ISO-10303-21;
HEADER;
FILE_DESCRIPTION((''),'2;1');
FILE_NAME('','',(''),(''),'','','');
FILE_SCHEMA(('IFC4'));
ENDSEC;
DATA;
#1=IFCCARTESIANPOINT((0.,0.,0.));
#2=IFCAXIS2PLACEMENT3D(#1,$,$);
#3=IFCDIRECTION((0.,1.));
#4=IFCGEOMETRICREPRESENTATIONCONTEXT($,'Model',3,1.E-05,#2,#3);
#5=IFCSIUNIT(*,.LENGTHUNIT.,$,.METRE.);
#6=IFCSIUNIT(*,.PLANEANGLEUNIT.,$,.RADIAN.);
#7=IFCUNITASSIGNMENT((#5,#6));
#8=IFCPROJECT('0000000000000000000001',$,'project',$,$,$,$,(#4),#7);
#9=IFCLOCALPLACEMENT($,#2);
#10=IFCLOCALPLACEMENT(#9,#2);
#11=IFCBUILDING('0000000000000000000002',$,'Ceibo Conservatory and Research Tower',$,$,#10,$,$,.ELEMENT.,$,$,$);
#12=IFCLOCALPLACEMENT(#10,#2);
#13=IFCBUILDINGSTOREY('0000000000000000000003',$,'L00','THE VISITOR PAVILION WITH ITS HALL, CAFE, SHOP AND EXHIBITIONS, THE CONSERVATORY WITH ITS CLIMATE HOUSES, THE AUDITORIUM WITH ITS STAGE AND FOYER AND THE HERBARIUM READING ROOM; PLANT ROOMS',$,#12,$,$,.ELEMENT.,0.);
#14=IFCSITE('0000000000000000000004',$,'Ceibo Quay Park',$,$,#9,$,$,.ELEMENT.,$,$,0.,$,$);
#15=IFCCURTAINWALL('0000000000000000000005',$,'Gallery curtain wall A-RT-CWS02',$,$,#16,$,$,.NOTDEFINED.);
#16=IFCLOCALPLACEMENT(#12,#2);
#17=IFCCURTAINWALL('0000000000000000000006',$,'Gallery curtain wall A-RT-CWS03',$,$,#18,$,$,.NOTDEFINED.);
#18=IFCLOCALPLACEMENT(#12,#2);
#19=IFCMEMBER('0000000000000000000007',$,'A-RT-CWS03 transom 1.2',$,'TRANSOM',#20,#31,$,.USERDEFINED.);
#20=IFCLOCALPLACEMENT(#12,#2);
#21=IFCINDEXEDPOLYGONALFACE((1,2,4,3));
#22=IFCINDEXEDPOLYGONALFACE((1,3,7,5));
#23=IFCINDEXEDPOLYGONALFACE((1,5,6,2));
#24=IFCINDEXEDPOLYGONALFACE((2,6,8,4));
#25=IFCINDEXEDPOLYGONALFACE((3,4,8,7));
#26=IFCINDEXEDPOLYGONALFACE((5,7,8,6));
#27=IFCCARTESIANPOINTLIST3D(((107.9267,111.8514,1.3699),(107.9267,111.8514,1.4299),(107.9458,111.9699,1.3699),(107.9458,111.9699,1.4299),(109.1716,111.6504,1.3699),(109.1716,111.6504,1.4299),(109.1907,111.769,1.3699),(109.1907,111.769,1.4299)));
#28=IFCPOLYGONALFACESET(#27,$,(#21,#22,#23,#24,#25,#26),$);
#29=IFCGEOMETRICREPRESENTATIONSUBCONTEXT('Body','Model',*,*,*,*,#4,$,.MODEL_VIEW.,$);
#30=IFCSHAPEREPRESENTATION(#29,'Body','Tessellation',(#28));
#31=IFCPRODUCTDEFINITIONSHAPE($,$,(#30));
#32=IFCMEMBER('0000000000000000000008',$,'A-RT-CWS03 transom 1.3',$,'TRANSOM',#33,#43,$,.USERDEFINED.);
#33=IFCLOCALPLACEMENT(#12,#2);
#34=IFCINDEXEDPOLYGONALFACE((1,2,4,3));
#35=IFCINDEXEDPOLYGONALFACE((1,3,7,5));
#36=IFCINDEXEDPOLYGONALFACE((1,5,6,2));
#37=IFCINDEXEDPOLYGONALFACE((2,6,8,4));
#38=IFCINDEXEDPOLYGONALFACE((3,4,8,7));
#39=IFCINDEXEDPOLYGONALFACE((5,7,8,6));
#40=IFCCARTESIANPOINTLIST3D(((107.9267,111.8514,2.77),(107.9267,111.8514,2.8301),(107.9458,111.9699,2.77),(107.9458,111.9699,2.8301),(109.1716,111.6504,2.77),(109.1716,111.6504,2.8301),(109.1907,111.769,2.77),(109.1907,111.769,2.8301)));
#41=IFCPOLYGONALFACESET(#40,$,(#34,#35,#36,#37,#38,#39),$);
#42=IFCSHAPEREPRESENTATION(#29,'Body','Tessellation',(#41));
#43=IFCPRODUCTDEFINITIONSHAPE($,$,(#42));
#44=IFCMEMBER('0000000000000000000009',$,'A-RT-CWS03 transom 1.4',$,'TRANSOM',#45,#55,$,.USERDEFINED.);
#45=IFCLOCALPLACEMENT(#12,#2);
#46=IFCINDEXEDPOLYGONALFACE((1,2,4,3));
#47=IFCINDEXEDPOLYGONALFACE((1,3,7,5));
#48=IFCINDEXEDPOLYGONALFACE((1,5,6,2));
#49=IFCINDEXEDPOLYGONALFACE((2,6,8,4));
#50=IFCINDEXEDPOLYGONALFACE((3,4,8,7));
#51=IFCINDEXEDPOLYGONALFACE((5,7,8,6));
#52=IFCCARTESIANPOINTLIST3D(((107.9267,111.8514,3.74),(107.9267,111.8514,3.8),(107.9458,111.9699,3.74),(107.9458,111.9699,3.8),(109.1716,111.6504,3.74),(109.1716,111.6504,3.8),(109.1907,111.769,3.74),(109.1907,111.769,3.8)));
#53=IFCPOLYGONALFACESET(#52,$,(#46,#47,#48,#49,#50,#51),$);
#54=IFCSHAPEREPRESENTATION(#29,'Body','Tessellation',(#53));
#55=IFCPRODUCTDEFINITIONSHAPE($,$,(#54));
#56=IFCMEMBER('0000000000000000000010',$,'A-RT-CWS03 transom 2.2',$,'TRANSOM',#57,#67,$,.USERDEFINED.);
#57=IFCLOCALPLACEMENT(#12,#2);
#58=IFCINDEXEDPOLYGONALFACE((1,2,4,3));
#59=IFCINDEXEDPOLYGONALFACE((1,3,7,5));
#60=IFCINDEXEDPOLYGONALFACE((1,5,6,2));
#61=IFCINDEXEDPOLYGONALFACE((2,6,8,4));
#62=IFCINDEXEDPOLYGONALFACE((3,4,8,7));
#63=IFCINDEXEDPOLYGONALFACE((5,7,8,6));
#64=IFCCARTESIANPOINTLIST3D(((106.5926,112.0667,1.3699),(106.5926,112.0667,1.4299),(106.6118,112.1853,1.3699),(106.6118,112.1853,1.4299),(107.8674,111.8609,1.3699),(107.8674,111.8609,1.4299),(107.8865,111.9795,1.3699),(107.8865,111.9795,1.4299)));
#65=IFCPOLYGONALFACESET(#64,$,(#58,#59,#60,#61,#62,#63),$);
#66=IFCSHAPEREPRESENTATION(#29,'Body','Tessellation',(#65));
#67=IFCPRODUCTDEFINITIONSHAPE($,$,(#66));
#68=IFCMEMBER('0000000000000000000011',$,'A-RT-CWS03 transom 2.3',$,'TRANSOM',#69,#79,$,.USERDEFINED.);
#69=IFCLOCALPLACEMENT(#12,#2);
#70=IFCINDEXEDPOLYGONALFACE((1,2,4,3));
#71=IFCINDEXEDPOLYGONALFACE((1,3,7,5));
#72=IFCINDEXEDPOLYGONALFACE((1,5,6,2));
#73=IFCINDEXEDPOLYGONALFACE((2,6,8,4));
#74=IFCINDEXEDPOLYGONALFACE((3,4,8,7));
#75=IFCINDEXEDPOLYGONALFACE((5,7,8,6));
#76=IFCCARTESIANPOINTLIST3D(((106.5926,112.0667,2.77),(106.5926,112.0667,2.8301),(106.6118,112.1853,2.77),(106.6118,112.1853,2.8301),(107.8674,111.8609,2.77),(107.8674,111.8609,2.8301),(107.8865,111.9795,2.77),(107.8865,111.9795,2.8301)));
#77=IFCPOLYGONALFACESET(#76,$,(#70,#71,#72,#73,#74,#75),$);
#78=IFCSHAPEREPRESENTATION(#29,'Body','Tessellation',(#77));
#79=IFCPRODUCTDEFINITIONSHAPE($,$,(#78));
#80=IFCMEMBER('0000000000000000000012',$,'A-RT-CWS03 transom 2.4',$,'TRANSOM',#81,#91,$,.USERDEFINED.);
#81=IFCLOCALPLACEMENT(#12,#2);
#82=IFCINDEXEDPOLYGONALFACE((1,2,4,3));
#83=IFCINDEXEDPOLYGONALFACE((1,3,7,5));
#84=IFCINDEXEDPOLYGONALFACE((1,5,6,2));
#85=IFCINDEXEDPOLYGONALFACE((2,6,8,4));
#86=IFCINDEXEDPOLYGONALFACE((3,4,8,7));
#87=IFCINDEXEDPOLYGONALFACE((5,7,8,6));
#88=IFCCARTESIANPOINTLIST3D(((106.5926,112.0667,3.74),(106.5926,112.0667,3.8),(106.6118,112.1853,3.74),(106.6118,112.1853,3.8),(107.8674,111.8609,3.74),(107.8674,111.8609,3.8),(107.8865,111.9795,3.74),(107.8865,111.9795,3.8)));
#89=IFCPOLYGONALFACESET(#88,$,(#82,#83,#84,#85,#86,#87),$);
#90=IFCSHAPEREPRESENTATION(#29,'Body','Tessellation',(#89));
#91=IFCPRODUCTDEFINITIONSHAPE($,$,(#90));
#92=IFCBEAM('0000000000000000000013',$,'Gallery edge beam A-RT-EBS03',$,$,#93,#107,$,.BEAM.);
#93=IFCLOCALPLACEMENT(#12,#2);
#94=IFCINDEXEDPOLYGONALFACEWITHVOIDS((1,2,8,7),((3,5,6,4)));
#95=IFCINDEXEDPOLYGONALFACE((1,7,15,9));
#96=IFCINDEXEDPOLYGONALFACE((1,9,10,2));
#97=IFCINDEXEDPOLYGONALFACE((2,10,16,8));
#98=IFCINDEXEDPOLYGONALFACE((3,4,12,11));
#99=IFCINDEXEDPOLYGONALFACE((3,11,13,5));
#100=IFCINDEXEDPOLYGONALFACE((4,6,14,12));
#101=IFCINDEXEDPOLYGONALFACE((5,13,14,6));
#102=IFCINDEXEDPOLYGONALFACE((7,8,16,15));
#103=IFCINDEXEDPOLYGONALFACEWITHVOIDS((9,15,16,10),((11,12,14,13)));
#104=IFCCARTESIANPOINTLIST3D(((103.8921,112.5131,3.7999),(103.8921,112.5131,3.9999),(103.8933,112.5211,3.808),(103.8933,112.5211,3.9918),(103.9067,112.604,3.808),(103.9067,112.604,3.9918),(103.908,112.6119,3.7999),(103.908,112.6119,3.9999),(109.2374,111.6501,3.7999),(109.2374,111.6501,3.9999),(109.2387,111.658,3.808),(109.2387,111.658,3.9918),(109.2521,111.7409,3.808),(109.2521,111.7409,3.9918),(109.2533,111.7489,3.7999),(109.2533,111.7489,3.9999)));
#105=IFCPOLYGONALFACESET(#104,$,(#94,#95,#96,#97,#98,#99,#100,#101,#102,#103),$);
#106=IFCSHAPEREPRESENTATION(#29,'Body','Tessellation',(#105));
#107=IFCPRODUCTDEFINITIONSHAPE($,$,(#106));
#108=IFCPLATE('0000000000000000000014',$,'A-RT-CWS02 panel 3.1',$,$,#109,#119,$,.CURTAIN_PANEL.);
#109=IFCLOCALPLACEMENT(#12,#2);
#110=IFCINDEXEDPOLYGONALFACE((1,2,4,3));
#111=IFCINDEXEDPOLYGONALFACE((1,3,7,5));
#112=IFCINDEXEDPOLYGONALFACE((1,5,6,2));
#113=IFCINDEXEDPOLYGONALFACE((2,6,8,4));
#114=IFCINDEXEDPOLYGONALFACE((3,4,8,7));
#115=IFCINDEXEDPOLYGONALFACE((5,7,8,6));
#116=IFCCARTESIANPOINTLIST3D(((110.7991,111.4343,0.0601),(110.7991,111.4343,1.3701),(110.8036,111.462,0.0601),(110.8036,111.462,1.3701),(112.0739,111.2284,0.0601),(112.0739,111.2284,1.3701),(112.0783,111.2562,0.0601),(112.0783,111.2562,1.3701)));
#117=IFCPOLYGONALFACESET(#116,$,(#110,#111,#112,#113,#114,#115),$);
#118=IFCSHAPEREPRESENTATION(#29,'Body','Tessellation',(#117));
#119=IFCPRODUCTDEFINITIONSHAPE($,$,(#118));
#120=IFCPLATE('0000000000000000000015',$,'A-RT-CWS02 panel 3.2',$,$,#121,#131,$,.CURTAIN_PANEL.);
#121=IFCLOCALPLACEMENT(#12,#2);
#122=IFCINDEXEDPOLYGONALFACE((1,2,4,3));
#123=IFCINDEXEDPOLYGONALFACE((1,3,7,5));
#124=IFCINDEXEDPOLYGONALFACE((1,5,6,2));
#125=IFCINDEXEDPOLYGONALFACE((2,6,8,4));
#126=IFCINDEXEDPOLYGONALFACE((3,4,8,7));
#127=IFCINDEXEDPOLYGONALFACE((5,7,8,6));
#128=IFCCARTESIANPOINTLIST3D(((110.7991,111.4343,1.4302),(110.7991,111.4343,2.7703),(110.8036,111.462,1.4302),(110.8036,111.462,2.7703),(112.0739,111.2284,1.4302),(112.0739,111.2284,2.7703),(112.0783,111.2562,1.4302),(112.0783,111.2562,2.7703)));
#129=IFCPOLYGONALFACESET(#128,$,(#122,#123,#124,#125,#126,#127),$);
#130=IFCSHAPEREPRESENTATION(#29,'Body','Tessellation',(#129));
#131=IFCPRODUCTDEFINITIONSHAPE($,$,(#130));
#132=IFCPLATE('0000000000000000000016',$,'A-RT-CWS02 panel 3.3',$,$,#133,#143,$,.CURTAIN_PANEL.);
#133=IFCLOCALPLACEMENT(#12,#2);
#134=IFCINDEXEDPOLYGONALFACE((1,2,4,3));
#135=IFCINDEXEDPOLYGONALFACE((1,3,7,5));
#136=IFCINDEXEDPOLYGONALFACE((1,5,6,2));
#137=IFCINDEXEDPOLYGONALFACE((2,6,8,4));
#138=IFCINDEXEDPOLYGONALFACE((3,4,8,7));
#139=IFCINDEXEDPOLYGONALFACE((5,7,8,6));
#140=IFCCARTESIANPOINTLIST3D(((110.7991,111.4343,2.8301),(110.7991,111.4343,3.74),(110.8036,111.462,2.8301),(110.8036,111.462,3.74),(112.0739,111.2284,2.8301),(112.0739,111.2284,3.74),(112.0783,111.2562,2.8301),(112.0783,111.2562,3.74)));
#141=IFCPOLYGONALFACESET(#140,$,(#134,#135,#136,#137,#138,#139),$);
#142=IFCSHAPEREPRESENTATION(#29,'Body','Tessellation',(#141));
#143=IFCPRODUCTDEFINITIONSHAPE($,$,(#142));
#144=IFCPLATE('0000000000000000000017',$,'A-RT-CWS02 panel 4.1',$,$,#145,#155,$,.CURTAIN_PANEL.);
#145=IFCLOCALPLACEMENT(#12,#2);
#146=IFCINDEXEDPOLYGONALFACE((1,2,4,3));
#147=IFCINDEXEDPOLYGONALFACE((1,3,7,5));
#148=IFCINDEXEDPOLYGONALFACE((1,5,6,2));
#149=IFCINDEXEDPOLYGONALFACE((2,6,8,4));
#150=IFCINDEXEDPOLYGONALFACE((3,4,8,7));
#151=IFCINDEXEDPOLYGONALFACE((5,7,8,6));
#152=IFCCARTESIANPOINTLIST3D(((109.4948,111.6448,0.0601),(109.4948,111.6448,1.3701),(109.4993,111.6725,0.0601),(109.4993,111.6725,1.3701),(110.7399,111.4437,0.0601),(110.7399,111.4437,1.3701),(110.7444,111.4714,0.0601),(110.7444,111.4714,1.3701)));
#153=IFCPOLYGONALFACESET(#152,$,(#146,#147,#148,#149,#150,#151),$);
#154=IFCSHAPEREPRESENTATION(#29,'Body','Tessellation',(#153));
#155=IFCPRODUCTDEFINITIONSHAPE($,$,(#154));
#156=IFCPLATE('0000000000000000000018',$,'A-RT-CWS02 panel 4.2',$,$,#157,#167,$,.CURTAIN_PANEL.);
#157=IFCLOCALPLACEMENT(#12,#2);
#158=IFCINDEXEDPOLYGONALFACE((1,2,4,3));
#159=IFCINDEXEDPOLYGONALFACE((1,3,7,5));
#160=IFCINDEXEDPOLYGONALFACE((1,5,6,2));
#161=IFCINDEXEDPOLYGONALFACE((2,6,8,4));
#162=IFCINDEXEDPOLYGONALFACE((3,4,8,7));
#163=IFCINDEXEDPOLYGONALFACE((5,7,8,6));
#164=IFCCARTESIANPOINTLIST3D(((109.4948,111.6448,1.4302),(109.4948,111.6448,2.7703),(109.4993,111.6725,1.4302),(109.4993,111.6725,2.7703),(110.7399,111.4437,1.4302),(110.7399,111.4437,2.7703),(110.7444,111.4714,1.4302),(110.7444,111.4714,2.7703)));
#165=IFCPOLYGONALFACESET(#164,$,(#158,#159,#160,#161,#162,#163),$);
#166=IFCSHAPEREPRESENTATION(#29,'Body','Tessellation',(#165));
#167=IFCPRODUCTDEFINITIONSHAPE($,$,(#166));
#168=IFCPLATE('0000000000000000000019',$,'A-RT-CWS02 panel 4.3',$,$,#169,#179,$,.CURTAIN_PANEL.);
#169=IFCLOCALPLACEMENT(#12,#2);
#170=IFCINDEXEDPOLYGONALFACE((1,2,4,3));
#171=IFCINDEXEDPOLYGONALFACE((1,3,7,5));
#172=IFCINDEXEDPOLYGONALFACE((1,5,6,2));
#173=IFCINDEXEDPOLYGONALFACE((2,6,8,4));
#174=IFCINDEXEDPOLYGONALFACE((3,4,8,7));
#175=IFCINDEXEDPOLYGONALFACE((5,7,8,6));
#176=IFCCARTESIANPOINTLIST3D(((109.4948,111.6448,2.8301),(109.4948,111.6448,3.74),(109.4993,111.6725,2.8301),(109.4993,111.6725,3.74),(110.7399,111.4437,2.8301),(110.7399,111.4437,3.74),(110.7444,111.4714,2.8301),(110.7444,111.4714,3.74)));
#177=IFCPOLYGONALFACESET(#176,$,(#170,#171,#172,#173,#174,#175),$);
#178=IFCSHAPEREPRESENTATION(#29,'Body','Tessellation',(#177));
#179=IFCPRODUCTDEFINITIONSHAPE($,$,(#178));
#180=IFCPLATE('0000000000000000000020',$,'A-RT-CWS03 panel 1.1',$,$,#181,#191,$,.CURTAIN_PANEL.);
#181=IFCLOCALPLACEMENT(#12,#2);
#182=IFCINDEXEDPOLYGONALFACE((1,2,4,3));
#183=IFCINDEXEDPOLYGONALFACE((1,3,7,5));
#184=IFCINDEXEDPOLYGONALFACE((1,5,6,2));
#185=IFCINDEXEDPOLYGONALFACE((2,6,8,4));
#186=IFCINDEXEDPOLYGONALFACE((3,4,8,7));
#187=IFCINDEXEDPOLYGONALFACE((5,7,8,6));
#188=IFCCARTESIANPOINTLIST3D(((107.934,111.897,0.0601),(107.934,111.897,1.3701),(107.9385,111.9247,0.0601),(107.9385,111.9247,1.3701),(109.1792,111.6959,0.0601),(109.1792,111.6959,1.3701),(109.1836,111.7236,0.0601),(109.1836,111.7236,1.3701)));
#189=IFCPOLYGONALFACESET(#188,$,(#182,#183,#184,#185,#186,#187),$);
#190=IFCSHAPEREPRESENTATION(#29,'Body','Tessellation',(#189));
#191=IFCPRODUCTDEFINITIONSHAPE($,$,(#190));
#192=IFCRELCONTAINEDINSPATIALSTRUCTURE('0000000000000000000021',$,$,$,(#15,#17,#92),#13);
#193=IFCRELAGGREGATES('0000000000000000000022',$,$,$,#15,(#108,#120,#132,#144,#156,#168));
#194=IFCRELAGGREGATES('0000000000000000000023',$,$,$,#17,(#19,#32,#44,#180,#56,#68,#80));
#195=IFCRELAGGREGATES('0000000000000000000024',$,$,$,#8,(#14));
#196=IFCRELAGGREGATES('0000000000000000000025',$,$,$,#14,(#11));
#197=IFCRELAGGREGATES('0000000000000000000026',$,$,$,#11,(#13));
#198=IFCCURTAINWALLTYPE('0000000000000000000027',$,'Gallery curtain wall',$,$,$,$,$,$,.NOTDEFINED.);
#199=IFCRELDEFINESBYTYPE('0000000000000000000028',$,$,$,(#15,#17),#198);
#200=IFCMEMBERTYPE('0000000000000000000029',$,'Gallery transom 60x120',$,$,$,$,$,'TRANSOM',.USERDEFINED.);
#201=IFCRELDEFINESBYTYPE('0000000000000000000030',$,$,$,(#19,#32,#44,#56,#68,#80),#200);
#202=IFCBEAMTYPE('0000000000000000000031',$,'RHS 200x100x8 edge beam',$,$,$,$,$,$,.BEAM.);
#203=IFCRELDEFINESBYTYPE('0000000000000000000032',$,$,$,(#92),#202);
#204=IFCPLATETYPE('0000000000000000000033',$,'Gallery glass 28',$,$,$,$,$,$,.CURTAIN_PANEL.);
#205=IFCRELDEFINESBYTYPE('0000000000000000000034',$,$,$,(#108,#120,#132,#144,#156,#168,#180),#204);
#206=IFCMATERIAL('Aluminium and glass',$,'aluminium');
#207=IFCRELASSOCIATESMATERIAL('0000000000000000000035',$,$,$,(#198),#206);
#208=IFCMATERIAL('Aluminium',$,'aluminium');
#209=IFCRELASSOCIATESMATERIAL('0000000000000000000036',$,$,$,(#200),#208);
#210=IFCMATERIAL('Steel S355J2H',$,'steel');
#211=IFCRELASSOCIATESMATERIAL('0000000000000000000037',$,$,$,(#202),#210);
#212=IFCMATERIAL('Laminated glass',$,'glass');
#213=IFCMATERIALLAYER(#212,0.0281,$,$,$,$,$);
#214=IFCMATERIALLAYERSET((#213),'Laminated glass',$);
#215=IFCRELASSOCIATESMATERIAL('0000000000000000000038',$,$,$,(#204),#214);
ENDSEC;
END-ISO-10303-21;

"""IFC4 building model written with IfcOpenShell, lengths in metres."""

from ifc_helpers import new_model, si_unit, direction, frame, origin, origin_2d, place, context, subcontext, project, spatial, rectangle, hollow_rectangle, extrude, material, layer, layer_set, material_profile, profile_set, type_object, element, aggregate, save


model = new_model("IFC4")

# Units and contexts
model_context = context("Model", 3, precision=1e-05, world=origin(), true_north=direction((0.0, 1.0)))
body_context = subcontext(model_context, "Body", "Model", "MODEL_VIEW")
ifc_project = project(units=[si_unit("LENGTHUNIT", "METRE"), si_unit("PLANEANGLEUNIT", "RADIAN")], contexts=[model_context])

# Site, building, storey
site_placement = place(None, origin())
site = spatial("IfcSite", under=ifc_project, at=site_placement, Name="Ceibo Quay Park", CompositionType="ELEMENT", RefElevation=0.0)
building_placement = place(site_placement, origin())
building = spatial("IfcBuilding", under=site, at=building_placement, Name="Ceibo Conservatory and Research Tower", CompositionType="ELEMENT")
storey_placement = place(building_placement, origin())
storey = spatial("IfcBuildingStorey", under=building, at=storey_placement, Name="L00", Description="THE VISITOR PAVILION WITH ITS HALL, CAFE, SHOP AND EXHIBITIONS, THE CONSERVATORY WITH ITS CLIMATE HOUSES, THE AUDITORIUM WITH ITS STAGE AND FOYER AND THE HERBARIUM READING ROOM; PLANT ROOMS", CompositionType="ELEMENT", Elevation=0.0)

# Shared definitions
ifc_material_1 = material(Name="Steel S355J2H", Category="steel")

# Curtain walls
ifc_material_2 = material(Name="Aluminium and glass", Category="aluminium")
curtain_wall_type = type_object("IfcCurtainWallType", Name="Gallery curtain wall", PredefinedType="NOTDEFINED", material=ifc_material_2)
curtain_wall_1_placement = place(storey_placement, origin())
curtain_wall_1 = element("IfcCurtainWall", 1, at=curtain_wall_1_placement, inside=storey, type_object=curtain_wall_type, Name="Gallery curtain wall A-RT-CWS02", PredefinedType="NOTDEFINED")
ifc_material_3 = material(Name="Aluminium", Category="aluminium")
curtain_wall_2_placement = place(storey_placement, origin())
curtain_wall_2 = element("IfcCurtainWall", 2, at=curtain_wall_2_placement, inside=storey, type_object=curtain_wall_type, Name="Gallery curtain wall A-RT-CWS03", PredefinedType="NOTDEFINED")

# Members
ifc_material_profile_1 = material_profile(ifc_material_3, rectangle(XDim=0.1201, YDim=0.0601, at=origin_2d()), Name="AL 60x120")
ifc_profile_set_1 = profile_set([ifc_material_profile_1], Name="Aluminium")
member_type_1 = type_object("IfcMemberType", Name="Gallery transom 60x120", ElementType="TRANSOM", PredefinedType="USERDEFINED", material=ifc_profile_set_1)
member_1_placement = place(storey_placement, frame((109.1812, 111.7097, 1.3999), z_axis=(-0.987223, 0.159342, 0.0), x_axis=(-0.159342, -0.987223, 0.0)))
member_1 = element("IfcMember", 3, at=member_1_placement, type_object=member_type_1, Name="A-RT-CWS03 transom 1.2", ObjectType="TRANSOM", PredefinedType="USERDEFINED", context=body_context, shape_type="SweptSolid", body=[
    extrude(rectangle(XDim=0.1201, YDim=0.0601, at=origin_2d()), origin(), (0.0, 0.0, 1.0), 1.261),
])
member_2_placement = place(storey_placement, frame((109.1812, 111.7097, 2.8), z_axis=(-0.987223, 0.159342, 0.0), x_axis=(-0.159342, -0.987223, 0.0)))
member_2 = element("IfcMember", 4, at=member_2_placement, type_object=member_type_1, Name="A-RT-CWS03 transom 1.3", ObjectType="TRANSOM", PredefinedType="USERDEFINED", context=body_context, shape_type="SweptSolid", body=[
    extrude(rectangle(XDim=0.1201, YDim=0.0601, at=origin_2d()), origin(), (0.0, 0.0, 1.0), 1.261),
])
member_3_placement = place(storey_placement, frame((109.1812, 111.7097, 3.77), z_axis=(-0.987223, 0.159342, 0.0), x_axis=(-0.159342, -0.987223, 0.0)))
member_3 = element("IfcMember", 5, at=member_3_placement, type_object=member_type_1, Name="A-RT-CWS03 transom 1.4", ObjectType="TRANSOM", PredefinedType="USERDEFINED", context=body_context, shape_type="SweptSolid", body=[
    extrude(rectangle(XDim=0.1201, YDim=0.0601, at=origin_2d()), origin(), (0.0, 0.0, 1.0), 1.261),
])
member_4_placement = place(storey_placement, frame((107.877, 111.9202, 1.3999), z_axis=(-0.987214, 0.159399, 0.0), x_axis=(-0.159399, -0.987214, 0.0)))
member_4 = element("IfcMember", 6, at=member_4_placement, type_object=member_type_1, Name="A-RT-CWS03 transom 2.2", ObjectType="TRANSOM", PredefinedType="USERDEFINED", context=body_context, shape_type="SweptSolid", body=[
    extrude(rectangle(XDim=0.1201, YDim=0.0601, at=origin_2d()), origin(), (0.0, 0.0, 1.0), 1.2913),
])
member_5_placement = place(storey_placement, frame((107.877, 111.9202, 2.8), z_axis=(-0.987214, 0.159399, 0.0), x_axis=(-0.159399, -0.987214, 0.0)))
member_5 = element("IfcMember", 7, at=member_5_placement, type_object=member_type_1, Name="A-RT-CWS03 transom 2.3", ObjectType="TRANSOM", PredefinedType="USERDEFINED", context=body_context, shape_type="SweptSolid", body=[
    extrude(rectangle(XDim=0.1201, YDim=0.0601, at=origin_2d()), origin(), (0.0, 0.0, 1.0), 1.2913),
])
member_6_placement = place(storey_placement, frame((107.877, 111.9202, 3.77), z_axis=(-0.987214, 0.159399, 0.0), x_axis=(-0.159399, -0.987214, 0.0)))
member_6 = element("IfcMember", 8, at=member_6_placement, type_object=member_type_1, Name="A-RT-CWS03 transom 2.4", ObjectType="TRANSOM", PredefinedType="USERDEFINED", context=body_context, shape_type="SweptSolid", body=[
    extrude(rectangle(XDim=0.1201, YDim=0.0601, at=origin_2d()), origin(), (0.0, 0.0, 1.0), 1.2913),
])

# Beam
ifc_material_profile_2 = material_profile(ifc_material_1, hollow_rectangle(XDim=0.1001, YDim=0.2, WallThickness=0.0081, at=origin_2d()), Name="RHS 200x100x8 edge beam")
ifc_profile_set_2 = profile_set([ifc_material_profile_2], Name="Steel S355J2H")
beam_type = type_object("IfcBeamType", Name="RHS 200x100x8 edge beam", PredefinedType="BEAM", material=ifc_profile_set_2)
beam_placement = place(storey_placement, frame((109.2454, 111.6995, 3.8999), z_axis=(-0.987215, 0.159395, 0.0), x_axis=(-0.159395, -0.987215, 0.0)))
element("IfcBeam", 9, at=beam_placement, inside=storey, type_object=beam_type, Name="Gallery edge beam A-RT-EBS03", PredefinedType="BEAM", context=body_context, shape_type="SweptSolid", body=[
    extrude(hollow_rectangle(XDim=0.1001, YDim=0.2, WallThickness=0.0081, at=origin_2d()), origin(), (0.0, 0.0, 1.0), 5.4146),
])

# Plates
ifc_material_4 = material(Name="Laminated glass", Category="glass")
ifc_layer = layer(ifc_material_4, 0.0281)
ifc_layer_set = layer_set([ifc_layer], Name="Laminated glass")
plate_type = type_object("IfcPlateType", Name="Gallery glass 28", PredefinedType="CURTAIN_PANEL", material=ifc_layer_set)
plate_1_placement = place(storey_placement, frame((111.4387, 111.3452, 0.0601), z_axis=(0.0, 0.0, 1.0), x_axis=(-0.987216, 0.159391, 0.0)))
plate_1 = element("IfcPlate", 10, at=plate_1_placement, type_object=plate_type, Name="A-RT-CWS02 panel 3.1", PredefinedType="CURTAIN_PANEL", context=body_context, shape_type="SweptSolid", body=[
    extrude(rectangle(XDim=1.2913, YDim=0.0281, at=origin_2d()), origin(), (0.0, 0.0, 1.0), 1.3101),
])
plate_2_placement = place(storey_placement, frame((111.4387, 111.3452, 1.4302), z_axis=(0.0, 0.0, 1.0), x_axis=(-0.987216, 0.159391, 0.0)))
plate_2 = element("IfcPlate", 11, at=plate_2_placement, type_object=plate_type, Name="A-RT-CWS02 panel 3.2", PredefinedType="CURTAIN_PANEL", context=body_context, shape_type="SweptSolid", body=[
    extrude(rectangle(XDim=1.2913, YDim=0.0281, at=origin_2d()), origin(), (0.0, 0.0, 1.0), 1.3401),
])
plate_3_placement = place(storey_placement, frame((111.4387, 111.3452, 2.8301), z_axis=(0.0, 0.0, 1.0), x_axis=(-0.987216, 0.159391, 0.0)))
plate_3 = element("IfcPlate", 12, at=plate_3_placement, type_object=plate_type, Name="A-RT-CWS02 panel 3.3", PredefinedType="CURTAIN_PANEL", context=body_context, shape_type="SweptSolid", body=[
    extrude(rectangle(XDim=1.2913, YDim=0.0281, at=origin_2d()), origin(), (0.0, 0.0, 1.0), 0.9099),
])
plate_4_placement = place(storey_placement, frame((110.1196, 111.5581, 0.0601), z_axis=(0.0, 0.0, 1.0), x_axis=(-0.987216, 0.159391, 0.0)))
plate_4 = element("IfcPlate", 13, at=plate_4_placement, type_object=plate_type, Name="A-RT-CWS02 panel 4.1", PredefinedType="CURTAIN_PANEL", context=body_context, shape_type="SweptSolid", body=[
    extrude(rectangle(XDim=1.2612, YDim=0.0281, at=origin_2d()), origin(), (0.0, 0.0, 1.0), 1.3101),
])
plate_5_placement = place(storey_placement, frame((110.1196, 111.5581, 1.4302), z_axis=(0.0, 0.0, 1.0), x_axis=(-0.987216, 0.159391, 0.0)))
plate_5 = element("IfcPlate", 14, at=plate_5_placement, type_object=plate_type, Name="A-RT-CWS02 panel 4.2", PredefinedType="CURTAIN_PANEL", context=body_context, shape_type="SweptSolid", body=[
    extrude(rectangle(XDim=1.2612, YDim=0.0281, at=origin_2d()), origin(), (0.0, 0.0, 1.0), 1.3401),
])
plate_6_placement = place(storey_placement, frame((110.1196, 111.5581, 2.8301), z_axis=(0.0, 0.0, 1.0), x_axis=(-0.987216, 0.159391, 0.0)))
plate_6 = element("IfcPlate", 15, at=plate_6_placement, type_object=plate_type, Name="A-RT-CWS02 panel 4.3", PredefinedType="CURTAIN_PANEL", context=body_context, shape_type="SweptSolid", body=[
    extrude(rectangle(XDim=1.2612, YDim=0.0281, at=origin_2d()), origin(), (0.0, 0.0, 1.0), 0.9099),
])
aggregate(curtain_wall_1, [plate_1, plate_2, plate_3, plate_4, plate_5, plate_6])
plate_7_placement = place(storey_placement, frame((108.5588, 111.8103, 0.0601), z_axis=(0.0, 0.0, 1.0), x_axis=(-0.987216, 0.159391, 0.0)))
plate_7 = element("IfcPlate", 16, at=plate_7_placement, type_object=plate_type, Name="A-RT-CWS03 panel 1.1", PredefinedType="CURTAIN_PANEL", context=body_context, shape_type="SweptSolid", body=[
    extrude(rectangle(XDim=1.2612, YDim=0.0281, at=origin_2d()), origin(), (0.0, 0.0, 1.0), 1.3101),
])
aggregate(curtain_wall_2, [member_1, member_2, member_3, plate_7, member_4, member_5, member_6])

save(model, "model.ifc")
